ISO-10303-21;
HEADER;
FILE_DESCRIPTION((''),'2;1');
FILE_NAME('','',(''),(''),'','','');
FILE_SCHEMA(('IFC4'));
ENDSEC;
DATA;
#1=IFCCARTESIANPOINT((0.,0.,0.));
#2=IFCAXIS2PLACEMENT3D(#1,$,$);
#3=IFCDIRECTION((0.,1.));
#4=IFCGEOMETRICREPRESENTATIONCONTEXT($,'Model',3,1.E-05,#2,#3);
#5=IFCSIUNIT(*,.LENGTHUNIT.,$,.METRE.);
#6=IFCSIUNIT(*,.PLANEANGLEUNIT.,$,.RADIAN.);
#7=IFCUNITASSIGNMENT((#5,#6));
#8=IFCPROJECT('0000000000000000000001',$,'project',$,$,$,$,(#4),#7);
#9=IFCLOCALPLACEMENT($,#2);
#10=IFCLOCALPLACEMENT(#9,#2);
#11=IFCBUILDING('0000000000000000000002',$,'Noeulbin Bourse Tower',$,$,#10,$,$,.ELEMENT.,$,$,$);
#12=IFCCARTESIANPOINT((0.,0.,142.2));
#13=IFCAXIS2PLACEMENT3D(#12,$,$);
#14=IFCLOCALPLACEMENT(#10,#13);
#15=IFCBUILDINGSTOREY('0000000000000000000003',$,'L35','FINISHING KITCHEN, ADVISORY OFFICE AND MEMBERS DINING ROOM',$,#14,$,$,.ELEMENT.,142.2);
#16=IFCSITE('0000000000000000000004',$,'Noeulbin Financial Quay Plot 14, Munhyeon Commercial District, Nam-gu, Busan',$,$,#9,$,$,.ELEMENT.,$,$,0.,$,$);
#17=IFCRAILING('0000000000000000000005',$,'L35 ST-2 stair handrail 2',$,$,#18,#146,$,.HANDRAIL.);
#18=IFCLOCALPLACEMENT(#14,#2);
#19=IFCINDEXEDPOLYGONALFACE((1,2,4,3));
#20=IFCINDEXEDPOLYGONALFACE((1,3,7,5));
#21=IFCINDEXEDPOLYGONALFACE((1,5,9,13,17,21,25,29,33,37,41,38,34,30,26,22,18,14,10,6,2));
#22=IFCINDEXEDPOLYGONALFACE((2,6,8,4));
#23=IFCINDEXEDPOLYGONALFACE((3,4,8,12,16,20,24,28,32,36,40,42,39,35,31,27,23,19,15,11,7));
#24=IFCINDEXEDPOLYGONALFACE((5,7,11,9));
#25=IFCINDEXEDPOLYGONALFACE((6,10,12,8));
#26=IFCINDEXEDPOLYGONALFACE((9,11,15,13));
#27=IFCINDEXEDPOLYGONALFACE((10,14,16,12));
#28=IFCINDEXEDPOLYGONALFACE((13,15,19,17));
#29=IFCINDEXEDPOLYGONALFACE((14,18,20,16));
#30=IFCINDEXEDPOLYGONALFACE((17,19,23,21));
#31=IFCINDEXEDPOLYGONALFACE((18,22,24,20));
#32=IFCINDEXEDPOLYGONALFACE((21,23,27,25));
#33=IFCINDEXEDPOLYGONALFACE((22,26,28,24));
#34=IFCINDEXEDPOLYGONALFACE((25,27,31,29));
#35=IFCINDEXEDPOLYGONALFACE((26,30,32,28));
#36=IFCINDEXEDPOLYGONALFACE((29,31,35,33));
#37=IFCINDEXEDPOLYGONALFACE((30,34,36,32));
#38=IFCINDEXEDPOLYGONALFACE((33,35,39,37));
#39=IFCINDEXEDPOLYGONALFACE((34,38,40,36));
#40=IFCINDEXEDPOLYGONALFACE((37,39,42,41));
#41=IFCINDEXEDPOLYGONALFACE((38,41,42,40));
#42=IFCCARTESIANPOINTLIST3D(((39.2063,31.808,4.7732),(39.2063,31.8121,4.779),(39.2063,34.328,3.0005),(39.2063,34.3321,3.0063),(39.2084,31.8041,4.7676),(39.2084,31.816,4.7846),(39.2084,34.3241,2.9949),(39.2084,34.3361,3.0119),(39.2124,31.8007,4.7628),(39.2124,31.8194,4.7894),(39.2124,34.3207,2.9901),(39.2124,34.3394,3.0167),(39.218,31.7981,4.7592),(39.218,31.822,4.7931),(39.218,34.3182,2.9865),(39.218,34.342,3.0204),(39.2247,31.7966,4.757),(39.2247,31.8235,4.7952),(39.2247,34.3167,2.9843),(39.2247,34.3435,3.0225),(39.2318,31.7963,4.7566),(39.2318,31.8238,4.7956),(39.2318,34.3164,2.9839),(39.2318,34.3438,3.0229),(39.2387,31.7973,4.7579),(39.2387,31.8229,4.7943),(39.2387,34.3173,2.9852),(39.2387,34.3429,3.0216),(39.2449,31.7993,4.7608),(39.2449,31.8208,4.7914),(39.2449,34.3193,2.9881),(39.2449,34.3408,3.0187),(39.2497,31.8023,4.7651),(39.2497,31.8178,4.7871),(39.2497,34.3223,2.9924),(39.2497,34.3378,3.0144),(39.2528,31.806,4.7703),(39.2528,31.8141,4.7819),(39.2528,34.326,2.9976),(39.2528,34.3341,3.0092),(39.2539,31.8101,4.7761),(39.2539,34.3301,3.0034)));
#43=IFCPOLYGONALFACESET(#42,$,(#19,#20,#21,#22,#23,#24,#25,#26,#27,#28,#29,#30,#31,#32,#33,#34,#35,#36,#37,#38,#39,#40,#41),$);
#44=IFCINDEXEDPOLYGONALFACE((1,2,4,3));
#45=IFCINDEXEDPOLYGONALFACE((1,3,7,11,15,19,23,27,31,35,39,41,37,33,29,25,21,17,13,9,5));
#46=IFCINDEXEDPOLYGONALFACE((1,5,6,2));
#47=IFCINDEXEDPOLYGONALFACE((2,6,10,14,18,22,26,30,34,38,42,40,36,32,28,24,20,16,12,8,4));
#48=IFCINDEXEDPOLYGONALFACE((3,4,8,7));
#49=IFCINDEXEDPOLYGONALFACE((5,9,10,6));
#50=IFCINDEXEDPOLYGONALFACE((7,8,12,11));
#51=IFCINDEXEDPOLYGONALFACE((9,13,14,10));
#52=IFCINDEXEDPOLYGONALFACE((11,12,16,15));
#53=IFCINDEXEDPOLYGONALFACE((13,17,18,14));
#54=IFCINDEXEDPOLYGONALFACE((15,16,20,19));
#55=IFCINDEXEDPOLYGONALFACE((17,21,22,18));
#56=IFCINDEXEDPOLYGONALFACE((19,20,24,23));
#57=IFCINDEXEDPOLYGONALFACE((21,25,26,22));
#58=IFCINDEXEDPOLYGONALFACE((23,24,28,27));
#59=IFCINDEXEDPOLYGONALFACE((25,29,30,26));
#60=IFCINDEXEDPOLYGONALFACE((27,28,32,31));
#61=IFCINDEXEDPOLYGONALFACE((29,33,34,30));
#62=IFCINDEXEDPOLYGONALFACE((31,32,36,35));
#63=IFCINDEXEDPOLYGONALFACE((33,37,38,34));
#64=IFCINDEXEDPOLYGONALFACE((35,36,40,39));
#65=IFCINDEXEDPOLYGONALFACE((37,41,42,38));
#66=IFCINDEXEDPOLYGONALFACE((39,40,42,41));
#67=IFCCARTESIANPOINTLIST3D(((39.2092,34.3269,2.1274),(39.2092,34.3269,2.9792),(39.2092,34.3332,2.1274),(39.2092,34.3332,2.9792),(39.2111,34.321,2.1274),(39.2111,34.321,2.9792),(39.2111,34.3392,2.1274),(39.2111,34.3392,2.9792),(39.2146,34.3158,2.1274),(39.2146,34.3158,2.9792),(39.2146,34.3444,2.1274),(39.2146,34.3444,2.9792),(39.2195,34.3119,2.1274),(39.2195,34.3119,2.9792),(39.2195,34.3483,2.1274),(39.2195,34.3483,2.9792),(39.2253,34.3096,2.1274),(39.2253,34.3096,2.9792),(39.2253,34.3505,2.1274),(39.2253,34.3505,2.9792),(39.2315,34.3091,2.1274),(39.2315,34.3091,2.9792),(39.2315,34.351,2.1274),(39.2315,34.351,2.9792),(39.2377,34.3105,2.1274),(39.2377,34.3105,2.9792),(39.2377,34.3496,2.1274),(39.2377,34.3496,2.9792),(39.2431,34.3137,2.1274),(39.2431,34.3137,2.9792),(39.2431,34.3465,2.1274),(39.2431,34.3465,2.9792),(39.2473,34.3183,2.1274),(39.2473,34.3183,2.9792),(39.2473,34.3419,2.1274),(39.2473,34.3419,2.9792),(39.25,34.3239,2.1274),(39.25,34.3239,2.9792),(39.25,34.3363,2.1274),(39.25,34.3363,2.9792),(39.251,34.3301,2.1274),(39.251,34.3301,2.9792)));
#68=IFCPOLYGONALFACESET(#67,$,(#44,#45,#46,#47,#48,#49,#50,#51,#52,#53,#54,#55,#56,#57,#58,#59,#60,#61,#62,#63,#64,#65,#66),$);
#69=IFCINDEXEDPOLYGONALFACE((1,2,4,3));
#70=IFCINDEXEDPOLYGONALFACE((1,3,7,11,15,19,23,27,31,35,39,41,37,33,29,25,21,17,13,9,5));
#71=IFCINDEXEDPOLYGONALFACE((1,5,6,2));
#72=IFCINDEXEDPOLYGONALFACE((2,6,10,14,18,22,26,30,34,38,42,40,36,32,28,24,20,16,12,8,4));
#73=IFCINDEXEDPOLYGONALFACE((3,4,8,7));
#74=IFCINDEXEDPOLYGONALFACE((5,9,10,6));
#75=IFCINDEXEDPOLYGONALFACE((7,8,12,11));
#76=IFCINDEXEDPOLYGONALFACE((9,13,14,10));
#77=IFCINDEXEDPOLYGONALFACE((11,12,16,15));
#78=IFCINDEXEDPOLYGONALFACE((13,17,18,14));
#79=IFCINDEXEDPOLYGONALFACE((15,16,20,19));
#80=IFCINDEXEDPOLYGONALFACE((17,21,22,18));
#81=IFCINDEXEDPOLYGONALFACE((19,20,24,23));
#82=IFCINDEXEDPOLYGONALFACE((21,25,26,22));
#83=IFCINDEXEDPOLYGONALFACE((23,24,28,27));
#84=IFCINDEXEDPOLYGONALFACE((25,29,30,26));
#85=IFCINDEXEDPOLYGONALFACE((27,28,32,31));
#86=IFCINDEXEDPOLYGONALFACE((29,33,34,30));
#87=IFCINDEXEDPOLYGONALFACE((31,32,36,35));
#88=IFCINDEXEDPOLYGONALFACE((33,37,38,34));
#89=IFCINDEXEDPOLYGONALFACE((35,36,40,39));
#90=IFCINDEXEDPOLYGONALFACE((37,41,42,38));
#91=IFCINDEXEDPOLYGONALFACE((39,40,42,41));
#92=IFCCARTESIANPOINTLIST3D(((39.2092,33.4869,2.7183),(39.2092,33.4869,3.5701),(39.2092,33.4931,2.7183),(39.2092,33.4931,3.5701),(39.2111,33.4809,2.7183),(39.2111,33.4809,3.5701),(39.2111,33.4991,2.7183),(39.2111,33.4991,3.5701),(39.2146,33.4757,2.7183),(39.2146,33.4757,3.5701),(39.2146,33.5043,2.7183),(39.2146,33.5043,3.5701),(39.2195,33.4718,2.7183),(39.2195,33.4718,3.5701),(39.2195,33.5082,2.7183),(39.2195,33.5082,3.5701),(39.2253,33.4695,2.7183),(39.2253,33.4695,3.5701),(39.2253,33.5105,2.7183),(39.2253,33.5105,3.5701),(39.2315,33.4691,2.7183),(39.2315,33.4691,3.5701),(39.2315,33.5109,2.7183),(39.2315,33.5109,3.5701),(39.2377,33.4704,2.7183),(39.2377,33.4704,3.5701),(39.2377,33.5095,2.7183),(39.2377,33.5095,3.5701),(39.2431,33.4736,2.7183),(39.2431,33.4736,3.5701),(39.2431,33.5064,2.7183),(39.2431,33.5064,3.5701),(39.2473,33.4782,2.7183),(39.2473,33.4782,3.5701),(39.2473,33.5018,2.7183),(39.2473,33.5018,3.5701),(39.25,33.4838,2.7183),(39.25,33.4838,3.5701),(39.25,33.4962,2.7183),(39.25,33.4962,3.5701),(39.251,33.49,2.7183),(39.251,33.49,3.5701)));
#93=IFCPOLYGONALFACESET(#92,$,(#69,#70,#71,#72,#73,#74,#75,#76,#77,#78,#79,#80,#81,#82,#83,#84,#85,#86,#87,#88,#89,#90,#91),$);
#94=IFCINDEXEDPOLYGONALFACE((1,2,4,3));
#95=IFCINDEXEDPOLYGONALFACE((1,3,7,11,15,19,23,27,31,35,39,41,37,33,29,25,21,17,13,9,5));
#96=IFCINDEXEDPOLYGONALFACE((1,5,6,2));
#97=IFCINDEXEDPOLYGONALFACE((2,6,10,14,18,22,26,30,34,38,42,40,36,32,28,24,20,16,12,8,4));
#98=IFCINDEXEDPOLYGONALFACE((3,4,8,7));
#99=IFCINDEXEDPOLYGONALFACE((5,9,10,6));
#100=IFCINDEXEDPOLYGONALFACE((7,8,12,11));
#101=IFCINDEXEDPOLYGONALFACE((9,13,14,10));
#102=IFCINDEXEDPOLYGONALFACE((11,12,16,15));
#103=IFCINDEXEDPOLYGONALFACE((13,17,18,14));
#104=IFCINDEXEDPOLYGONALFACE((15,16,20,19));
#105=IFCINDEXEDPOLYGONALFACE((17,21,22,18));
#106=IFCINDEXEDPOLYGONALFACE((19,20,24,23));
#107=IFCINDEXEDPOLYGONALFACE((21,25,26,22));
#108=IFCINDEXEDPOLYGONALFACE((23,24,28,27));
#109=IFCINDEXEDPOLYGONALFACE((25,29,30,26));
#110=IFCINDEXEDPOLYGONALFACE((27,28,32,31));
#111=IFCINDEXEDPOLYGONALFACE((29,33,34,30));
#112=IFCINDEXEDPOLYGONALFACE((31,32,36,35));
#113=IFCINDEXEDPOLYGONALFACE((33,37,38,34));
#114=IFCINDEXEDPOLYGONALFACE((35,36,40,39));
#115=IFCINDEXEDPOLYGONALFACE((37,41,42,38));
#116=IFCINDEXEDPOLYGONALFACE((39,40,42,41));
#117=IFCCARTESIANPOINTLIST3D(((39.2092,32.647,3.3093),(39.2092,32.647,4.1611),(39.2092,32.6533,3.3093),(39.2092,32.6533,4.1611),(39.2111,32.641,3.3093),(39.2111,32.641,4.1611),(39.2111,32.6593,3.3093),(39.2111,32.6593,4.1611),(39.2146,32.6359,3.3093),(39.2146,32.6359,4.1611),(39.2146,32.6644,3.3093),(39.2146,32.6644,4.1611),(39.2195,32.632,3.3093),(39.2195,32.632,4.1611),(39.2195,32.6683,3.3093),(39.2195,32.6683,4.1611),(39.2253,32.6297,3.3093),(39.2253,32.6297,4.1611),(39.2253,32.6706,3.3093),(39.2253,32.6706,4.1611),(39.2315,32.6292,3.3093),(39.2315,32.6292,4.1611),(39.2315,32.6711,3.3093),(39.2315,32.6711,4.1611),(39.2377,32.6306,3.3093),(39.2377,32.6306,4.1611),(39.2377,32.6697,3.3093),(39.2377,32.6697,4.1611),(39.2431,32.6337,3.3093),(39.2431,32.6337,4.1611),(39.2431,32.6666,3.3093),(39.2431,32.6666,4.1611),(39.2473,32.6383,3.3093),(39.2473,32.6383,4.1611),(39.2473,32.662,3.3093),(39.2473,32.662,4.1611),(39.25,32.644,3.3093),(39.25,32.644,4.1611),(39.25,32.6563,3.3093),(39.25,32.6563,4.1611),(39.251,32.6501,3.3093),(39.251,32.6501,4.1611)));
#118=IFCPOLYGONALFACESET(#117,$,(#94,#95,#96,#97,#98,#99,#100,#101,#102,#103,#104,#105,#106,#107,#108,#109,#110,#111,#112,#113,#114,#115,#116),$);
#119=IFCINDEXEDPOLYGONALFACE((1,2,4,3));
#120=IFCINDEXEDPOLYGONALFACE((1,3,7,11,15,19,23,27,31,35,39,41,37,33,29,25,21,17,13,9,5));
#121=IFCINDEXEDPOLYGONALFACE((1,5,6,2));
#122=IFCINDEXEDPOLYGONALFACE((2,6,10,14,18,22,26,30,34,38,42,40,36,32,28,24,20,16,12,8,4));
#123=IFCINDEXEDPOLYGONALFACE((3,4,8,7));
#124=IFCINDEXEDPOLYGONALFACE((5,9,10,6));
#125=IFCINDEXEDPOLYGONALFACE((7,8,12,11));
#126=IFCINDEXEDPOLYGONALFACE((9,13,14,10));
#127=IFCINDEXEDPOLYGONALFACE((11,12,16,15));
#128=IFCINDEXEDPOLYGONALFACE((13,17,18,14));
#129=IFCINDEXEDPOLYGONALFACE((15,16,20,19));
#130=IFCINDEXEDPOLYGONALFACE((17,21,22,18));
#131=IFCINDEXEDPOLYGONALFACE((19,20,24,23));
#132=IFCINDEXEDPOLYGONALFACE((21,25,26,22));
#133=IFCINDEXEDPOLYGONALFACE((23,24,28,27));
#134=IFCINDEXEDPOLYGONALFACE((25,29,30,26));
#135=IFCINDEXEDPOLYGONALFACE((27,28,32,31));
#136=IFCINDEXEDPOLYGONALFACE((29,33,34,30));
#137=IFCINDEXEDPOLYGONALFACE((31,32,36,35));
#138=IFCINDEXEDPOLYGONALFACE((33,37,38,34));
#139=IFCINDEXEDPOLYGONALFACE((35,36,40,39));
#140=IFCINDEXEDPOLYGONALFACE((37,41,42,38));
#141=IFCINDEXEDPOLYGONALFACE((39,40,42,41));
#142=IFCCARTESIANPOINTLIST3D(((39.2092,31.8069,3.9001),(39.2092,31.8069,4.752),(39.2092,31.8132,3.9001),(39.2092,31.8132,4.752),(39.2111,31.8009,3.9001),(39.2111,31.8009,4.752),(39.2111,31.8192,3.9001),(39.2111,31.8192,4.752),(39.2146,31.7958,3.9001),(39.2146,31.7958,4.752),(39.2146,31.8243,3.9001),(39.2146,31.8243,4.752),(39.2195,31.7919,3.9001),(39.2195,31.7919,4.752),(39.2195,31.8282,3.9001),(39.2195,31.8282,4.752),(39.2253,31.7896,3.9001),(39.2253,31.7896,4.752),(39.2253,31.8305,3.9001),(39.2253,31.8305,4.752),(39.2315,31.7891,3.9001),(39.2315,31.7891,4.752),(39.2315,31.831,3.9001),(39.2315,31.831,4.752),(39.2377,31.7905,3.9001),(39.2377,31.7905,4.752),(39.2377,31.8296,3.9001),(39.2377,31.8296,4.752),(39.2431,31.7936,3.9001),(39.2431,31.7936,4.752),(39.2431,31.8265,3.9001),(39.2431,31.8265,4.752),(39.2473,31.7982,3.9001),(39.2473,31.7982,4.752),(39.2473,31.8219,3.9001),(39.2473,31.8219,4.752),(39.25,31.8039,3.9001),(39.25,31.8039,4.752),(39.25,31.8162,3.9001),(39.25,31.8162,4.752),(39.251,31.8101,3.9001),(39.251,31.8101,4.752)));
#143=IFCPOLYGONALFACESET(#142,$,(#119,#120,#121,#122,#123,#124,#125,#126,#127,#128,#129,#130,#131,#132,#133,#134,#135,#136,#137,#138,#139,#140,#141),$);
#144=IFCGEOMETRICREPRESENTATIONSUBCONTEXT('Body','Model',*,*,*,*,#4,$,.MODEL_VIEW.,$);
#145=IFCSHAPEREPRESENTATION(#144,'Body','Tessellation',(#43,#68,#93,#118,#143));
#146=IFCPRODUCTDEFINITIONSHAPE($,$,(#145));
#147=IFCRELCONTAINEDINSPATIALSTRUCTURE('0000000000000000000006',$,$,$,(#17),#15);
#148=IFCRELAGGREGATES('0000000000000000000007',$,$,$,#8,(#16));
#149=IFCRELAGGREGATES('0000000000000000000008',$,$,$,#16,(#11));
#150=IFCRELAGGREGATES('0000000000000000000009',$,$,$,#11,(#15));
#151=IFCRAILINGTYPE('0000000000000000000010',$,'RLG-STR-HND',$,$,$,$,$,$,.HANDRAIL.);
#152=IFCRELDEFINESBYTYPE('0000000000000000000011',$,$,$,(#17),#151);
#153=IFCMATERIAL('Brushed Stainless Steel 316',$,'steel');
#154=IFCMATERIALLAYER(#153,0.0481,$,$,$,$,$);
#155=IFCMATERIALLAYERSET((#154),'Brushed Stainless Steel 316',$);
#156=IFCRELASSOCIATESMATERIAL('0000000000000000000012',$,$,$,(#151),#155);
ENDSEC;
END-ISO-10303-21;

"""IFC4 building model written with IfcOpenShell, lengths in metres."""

from ifc_helpers import new_model, si_unit, direction, frame, origin, origin_2d, place, context, subcontext, project, spatial, circle, extrude, material, layer, layer_set, type_object, element, save


model = new_model("IFC4")

# Units and contexts
model_context = context("Model", 3, precision=1e-05, world=origin(), true_north=direction((0.0, 1.0)))
body_context = subcontext(model_context, "Body", "Model", "MODEL_VIEW")
ifc_project = project(units=[si_unit("LENGTHUNIT", "METRE"), si_unit("PLANEANGLEUNIT", "RADIAN")], contexts=[model_context])

# Site, building, storey
site_placement = place(None, origin())
site = spatial("IfcSite", under=ifc_project, at=site_placement, Name="Noeulbin Financial Quay Plot 14, Munhyeon Commercial District, Nam-gu, Busan", CompositionType="ELEMENT", RefElevation=0.0)
building_placement = place(site_placement, origin())
building = spatial("IfcBuilding", under=site, at=building_placement, Name="Noeulbin Bourse Tower", CompositionType="ELEMENT")
storey_placement = place(building_placement, frame((0.0, 0.0, 142.2)))
storey = spatial("IfcBuildingStorey", under=building, at=storey_placement, Name="L35", Description="FINISHING KITCHEN, ADVISORY OFFICE AND MEMBERS DINING ROOM", CompositionType="ELEMENT", Elevation=142.2)

# Shared definitions
ifc_material_1 = material(Name="Brushed Stainless Steel 316", Category="steel")

# Railing
ifc_layer_1 = layer(ifc_material_1, 0.0481)
ifc_layer_set_1 = layer_set([ifc_layer_1], Name="Brushed Stainless Steel 316")
railing_type_1 = type_object("IfcRailingType", Name="RLG-STR-HND", PredefinedType="HANDRAIL", material=ifc_layer_set_1)
railing_1_placement = place(storey_placement, frame((39.23, 34.3301, 2.1274)))
element("IfcRailing", 1, at=railing_1_placement, inside=storey, type_object=railing_type_1, Name="L35 ST-2 stair handrail 2", PredefinedType="HANDRAIL", context=body_context, shape_type="SweptSolid", body=[
    extrude(circle(Radius=0.0239, at=origin_2d()), frame((0.0, 0.0, 0.876), z_axis=(0.0, -0.817904, 0.575354), x_axis=(1.0, 0.0, 0.0)), (0.0, 0.0, 1.0), 3.0811),
    extrude(circle(Radius=0.021, at=origin_2d()), origin(), (0.0, 0.0, 1.0), 0.8518),
    extrude(circle(Radius=0.021, at=origin_2d()), frame((0.0, -0.8401, 0.5908)), (0.0, 0.0, 1.0), 0.8518),
    extrude(circle(Radius=0.021, at=origin_2d()), frame((0.0, -1.6799, 1.1819)), (0.0, 0.0, 1.0), 0.8518),
    extrude(circle(Radius=0.021, at=origin_2d()), frame((0.0, -2.52, 1.7727)), (0.0, 0.0, 1.0), 0.8518),
])

save(model, "model.ifc")
